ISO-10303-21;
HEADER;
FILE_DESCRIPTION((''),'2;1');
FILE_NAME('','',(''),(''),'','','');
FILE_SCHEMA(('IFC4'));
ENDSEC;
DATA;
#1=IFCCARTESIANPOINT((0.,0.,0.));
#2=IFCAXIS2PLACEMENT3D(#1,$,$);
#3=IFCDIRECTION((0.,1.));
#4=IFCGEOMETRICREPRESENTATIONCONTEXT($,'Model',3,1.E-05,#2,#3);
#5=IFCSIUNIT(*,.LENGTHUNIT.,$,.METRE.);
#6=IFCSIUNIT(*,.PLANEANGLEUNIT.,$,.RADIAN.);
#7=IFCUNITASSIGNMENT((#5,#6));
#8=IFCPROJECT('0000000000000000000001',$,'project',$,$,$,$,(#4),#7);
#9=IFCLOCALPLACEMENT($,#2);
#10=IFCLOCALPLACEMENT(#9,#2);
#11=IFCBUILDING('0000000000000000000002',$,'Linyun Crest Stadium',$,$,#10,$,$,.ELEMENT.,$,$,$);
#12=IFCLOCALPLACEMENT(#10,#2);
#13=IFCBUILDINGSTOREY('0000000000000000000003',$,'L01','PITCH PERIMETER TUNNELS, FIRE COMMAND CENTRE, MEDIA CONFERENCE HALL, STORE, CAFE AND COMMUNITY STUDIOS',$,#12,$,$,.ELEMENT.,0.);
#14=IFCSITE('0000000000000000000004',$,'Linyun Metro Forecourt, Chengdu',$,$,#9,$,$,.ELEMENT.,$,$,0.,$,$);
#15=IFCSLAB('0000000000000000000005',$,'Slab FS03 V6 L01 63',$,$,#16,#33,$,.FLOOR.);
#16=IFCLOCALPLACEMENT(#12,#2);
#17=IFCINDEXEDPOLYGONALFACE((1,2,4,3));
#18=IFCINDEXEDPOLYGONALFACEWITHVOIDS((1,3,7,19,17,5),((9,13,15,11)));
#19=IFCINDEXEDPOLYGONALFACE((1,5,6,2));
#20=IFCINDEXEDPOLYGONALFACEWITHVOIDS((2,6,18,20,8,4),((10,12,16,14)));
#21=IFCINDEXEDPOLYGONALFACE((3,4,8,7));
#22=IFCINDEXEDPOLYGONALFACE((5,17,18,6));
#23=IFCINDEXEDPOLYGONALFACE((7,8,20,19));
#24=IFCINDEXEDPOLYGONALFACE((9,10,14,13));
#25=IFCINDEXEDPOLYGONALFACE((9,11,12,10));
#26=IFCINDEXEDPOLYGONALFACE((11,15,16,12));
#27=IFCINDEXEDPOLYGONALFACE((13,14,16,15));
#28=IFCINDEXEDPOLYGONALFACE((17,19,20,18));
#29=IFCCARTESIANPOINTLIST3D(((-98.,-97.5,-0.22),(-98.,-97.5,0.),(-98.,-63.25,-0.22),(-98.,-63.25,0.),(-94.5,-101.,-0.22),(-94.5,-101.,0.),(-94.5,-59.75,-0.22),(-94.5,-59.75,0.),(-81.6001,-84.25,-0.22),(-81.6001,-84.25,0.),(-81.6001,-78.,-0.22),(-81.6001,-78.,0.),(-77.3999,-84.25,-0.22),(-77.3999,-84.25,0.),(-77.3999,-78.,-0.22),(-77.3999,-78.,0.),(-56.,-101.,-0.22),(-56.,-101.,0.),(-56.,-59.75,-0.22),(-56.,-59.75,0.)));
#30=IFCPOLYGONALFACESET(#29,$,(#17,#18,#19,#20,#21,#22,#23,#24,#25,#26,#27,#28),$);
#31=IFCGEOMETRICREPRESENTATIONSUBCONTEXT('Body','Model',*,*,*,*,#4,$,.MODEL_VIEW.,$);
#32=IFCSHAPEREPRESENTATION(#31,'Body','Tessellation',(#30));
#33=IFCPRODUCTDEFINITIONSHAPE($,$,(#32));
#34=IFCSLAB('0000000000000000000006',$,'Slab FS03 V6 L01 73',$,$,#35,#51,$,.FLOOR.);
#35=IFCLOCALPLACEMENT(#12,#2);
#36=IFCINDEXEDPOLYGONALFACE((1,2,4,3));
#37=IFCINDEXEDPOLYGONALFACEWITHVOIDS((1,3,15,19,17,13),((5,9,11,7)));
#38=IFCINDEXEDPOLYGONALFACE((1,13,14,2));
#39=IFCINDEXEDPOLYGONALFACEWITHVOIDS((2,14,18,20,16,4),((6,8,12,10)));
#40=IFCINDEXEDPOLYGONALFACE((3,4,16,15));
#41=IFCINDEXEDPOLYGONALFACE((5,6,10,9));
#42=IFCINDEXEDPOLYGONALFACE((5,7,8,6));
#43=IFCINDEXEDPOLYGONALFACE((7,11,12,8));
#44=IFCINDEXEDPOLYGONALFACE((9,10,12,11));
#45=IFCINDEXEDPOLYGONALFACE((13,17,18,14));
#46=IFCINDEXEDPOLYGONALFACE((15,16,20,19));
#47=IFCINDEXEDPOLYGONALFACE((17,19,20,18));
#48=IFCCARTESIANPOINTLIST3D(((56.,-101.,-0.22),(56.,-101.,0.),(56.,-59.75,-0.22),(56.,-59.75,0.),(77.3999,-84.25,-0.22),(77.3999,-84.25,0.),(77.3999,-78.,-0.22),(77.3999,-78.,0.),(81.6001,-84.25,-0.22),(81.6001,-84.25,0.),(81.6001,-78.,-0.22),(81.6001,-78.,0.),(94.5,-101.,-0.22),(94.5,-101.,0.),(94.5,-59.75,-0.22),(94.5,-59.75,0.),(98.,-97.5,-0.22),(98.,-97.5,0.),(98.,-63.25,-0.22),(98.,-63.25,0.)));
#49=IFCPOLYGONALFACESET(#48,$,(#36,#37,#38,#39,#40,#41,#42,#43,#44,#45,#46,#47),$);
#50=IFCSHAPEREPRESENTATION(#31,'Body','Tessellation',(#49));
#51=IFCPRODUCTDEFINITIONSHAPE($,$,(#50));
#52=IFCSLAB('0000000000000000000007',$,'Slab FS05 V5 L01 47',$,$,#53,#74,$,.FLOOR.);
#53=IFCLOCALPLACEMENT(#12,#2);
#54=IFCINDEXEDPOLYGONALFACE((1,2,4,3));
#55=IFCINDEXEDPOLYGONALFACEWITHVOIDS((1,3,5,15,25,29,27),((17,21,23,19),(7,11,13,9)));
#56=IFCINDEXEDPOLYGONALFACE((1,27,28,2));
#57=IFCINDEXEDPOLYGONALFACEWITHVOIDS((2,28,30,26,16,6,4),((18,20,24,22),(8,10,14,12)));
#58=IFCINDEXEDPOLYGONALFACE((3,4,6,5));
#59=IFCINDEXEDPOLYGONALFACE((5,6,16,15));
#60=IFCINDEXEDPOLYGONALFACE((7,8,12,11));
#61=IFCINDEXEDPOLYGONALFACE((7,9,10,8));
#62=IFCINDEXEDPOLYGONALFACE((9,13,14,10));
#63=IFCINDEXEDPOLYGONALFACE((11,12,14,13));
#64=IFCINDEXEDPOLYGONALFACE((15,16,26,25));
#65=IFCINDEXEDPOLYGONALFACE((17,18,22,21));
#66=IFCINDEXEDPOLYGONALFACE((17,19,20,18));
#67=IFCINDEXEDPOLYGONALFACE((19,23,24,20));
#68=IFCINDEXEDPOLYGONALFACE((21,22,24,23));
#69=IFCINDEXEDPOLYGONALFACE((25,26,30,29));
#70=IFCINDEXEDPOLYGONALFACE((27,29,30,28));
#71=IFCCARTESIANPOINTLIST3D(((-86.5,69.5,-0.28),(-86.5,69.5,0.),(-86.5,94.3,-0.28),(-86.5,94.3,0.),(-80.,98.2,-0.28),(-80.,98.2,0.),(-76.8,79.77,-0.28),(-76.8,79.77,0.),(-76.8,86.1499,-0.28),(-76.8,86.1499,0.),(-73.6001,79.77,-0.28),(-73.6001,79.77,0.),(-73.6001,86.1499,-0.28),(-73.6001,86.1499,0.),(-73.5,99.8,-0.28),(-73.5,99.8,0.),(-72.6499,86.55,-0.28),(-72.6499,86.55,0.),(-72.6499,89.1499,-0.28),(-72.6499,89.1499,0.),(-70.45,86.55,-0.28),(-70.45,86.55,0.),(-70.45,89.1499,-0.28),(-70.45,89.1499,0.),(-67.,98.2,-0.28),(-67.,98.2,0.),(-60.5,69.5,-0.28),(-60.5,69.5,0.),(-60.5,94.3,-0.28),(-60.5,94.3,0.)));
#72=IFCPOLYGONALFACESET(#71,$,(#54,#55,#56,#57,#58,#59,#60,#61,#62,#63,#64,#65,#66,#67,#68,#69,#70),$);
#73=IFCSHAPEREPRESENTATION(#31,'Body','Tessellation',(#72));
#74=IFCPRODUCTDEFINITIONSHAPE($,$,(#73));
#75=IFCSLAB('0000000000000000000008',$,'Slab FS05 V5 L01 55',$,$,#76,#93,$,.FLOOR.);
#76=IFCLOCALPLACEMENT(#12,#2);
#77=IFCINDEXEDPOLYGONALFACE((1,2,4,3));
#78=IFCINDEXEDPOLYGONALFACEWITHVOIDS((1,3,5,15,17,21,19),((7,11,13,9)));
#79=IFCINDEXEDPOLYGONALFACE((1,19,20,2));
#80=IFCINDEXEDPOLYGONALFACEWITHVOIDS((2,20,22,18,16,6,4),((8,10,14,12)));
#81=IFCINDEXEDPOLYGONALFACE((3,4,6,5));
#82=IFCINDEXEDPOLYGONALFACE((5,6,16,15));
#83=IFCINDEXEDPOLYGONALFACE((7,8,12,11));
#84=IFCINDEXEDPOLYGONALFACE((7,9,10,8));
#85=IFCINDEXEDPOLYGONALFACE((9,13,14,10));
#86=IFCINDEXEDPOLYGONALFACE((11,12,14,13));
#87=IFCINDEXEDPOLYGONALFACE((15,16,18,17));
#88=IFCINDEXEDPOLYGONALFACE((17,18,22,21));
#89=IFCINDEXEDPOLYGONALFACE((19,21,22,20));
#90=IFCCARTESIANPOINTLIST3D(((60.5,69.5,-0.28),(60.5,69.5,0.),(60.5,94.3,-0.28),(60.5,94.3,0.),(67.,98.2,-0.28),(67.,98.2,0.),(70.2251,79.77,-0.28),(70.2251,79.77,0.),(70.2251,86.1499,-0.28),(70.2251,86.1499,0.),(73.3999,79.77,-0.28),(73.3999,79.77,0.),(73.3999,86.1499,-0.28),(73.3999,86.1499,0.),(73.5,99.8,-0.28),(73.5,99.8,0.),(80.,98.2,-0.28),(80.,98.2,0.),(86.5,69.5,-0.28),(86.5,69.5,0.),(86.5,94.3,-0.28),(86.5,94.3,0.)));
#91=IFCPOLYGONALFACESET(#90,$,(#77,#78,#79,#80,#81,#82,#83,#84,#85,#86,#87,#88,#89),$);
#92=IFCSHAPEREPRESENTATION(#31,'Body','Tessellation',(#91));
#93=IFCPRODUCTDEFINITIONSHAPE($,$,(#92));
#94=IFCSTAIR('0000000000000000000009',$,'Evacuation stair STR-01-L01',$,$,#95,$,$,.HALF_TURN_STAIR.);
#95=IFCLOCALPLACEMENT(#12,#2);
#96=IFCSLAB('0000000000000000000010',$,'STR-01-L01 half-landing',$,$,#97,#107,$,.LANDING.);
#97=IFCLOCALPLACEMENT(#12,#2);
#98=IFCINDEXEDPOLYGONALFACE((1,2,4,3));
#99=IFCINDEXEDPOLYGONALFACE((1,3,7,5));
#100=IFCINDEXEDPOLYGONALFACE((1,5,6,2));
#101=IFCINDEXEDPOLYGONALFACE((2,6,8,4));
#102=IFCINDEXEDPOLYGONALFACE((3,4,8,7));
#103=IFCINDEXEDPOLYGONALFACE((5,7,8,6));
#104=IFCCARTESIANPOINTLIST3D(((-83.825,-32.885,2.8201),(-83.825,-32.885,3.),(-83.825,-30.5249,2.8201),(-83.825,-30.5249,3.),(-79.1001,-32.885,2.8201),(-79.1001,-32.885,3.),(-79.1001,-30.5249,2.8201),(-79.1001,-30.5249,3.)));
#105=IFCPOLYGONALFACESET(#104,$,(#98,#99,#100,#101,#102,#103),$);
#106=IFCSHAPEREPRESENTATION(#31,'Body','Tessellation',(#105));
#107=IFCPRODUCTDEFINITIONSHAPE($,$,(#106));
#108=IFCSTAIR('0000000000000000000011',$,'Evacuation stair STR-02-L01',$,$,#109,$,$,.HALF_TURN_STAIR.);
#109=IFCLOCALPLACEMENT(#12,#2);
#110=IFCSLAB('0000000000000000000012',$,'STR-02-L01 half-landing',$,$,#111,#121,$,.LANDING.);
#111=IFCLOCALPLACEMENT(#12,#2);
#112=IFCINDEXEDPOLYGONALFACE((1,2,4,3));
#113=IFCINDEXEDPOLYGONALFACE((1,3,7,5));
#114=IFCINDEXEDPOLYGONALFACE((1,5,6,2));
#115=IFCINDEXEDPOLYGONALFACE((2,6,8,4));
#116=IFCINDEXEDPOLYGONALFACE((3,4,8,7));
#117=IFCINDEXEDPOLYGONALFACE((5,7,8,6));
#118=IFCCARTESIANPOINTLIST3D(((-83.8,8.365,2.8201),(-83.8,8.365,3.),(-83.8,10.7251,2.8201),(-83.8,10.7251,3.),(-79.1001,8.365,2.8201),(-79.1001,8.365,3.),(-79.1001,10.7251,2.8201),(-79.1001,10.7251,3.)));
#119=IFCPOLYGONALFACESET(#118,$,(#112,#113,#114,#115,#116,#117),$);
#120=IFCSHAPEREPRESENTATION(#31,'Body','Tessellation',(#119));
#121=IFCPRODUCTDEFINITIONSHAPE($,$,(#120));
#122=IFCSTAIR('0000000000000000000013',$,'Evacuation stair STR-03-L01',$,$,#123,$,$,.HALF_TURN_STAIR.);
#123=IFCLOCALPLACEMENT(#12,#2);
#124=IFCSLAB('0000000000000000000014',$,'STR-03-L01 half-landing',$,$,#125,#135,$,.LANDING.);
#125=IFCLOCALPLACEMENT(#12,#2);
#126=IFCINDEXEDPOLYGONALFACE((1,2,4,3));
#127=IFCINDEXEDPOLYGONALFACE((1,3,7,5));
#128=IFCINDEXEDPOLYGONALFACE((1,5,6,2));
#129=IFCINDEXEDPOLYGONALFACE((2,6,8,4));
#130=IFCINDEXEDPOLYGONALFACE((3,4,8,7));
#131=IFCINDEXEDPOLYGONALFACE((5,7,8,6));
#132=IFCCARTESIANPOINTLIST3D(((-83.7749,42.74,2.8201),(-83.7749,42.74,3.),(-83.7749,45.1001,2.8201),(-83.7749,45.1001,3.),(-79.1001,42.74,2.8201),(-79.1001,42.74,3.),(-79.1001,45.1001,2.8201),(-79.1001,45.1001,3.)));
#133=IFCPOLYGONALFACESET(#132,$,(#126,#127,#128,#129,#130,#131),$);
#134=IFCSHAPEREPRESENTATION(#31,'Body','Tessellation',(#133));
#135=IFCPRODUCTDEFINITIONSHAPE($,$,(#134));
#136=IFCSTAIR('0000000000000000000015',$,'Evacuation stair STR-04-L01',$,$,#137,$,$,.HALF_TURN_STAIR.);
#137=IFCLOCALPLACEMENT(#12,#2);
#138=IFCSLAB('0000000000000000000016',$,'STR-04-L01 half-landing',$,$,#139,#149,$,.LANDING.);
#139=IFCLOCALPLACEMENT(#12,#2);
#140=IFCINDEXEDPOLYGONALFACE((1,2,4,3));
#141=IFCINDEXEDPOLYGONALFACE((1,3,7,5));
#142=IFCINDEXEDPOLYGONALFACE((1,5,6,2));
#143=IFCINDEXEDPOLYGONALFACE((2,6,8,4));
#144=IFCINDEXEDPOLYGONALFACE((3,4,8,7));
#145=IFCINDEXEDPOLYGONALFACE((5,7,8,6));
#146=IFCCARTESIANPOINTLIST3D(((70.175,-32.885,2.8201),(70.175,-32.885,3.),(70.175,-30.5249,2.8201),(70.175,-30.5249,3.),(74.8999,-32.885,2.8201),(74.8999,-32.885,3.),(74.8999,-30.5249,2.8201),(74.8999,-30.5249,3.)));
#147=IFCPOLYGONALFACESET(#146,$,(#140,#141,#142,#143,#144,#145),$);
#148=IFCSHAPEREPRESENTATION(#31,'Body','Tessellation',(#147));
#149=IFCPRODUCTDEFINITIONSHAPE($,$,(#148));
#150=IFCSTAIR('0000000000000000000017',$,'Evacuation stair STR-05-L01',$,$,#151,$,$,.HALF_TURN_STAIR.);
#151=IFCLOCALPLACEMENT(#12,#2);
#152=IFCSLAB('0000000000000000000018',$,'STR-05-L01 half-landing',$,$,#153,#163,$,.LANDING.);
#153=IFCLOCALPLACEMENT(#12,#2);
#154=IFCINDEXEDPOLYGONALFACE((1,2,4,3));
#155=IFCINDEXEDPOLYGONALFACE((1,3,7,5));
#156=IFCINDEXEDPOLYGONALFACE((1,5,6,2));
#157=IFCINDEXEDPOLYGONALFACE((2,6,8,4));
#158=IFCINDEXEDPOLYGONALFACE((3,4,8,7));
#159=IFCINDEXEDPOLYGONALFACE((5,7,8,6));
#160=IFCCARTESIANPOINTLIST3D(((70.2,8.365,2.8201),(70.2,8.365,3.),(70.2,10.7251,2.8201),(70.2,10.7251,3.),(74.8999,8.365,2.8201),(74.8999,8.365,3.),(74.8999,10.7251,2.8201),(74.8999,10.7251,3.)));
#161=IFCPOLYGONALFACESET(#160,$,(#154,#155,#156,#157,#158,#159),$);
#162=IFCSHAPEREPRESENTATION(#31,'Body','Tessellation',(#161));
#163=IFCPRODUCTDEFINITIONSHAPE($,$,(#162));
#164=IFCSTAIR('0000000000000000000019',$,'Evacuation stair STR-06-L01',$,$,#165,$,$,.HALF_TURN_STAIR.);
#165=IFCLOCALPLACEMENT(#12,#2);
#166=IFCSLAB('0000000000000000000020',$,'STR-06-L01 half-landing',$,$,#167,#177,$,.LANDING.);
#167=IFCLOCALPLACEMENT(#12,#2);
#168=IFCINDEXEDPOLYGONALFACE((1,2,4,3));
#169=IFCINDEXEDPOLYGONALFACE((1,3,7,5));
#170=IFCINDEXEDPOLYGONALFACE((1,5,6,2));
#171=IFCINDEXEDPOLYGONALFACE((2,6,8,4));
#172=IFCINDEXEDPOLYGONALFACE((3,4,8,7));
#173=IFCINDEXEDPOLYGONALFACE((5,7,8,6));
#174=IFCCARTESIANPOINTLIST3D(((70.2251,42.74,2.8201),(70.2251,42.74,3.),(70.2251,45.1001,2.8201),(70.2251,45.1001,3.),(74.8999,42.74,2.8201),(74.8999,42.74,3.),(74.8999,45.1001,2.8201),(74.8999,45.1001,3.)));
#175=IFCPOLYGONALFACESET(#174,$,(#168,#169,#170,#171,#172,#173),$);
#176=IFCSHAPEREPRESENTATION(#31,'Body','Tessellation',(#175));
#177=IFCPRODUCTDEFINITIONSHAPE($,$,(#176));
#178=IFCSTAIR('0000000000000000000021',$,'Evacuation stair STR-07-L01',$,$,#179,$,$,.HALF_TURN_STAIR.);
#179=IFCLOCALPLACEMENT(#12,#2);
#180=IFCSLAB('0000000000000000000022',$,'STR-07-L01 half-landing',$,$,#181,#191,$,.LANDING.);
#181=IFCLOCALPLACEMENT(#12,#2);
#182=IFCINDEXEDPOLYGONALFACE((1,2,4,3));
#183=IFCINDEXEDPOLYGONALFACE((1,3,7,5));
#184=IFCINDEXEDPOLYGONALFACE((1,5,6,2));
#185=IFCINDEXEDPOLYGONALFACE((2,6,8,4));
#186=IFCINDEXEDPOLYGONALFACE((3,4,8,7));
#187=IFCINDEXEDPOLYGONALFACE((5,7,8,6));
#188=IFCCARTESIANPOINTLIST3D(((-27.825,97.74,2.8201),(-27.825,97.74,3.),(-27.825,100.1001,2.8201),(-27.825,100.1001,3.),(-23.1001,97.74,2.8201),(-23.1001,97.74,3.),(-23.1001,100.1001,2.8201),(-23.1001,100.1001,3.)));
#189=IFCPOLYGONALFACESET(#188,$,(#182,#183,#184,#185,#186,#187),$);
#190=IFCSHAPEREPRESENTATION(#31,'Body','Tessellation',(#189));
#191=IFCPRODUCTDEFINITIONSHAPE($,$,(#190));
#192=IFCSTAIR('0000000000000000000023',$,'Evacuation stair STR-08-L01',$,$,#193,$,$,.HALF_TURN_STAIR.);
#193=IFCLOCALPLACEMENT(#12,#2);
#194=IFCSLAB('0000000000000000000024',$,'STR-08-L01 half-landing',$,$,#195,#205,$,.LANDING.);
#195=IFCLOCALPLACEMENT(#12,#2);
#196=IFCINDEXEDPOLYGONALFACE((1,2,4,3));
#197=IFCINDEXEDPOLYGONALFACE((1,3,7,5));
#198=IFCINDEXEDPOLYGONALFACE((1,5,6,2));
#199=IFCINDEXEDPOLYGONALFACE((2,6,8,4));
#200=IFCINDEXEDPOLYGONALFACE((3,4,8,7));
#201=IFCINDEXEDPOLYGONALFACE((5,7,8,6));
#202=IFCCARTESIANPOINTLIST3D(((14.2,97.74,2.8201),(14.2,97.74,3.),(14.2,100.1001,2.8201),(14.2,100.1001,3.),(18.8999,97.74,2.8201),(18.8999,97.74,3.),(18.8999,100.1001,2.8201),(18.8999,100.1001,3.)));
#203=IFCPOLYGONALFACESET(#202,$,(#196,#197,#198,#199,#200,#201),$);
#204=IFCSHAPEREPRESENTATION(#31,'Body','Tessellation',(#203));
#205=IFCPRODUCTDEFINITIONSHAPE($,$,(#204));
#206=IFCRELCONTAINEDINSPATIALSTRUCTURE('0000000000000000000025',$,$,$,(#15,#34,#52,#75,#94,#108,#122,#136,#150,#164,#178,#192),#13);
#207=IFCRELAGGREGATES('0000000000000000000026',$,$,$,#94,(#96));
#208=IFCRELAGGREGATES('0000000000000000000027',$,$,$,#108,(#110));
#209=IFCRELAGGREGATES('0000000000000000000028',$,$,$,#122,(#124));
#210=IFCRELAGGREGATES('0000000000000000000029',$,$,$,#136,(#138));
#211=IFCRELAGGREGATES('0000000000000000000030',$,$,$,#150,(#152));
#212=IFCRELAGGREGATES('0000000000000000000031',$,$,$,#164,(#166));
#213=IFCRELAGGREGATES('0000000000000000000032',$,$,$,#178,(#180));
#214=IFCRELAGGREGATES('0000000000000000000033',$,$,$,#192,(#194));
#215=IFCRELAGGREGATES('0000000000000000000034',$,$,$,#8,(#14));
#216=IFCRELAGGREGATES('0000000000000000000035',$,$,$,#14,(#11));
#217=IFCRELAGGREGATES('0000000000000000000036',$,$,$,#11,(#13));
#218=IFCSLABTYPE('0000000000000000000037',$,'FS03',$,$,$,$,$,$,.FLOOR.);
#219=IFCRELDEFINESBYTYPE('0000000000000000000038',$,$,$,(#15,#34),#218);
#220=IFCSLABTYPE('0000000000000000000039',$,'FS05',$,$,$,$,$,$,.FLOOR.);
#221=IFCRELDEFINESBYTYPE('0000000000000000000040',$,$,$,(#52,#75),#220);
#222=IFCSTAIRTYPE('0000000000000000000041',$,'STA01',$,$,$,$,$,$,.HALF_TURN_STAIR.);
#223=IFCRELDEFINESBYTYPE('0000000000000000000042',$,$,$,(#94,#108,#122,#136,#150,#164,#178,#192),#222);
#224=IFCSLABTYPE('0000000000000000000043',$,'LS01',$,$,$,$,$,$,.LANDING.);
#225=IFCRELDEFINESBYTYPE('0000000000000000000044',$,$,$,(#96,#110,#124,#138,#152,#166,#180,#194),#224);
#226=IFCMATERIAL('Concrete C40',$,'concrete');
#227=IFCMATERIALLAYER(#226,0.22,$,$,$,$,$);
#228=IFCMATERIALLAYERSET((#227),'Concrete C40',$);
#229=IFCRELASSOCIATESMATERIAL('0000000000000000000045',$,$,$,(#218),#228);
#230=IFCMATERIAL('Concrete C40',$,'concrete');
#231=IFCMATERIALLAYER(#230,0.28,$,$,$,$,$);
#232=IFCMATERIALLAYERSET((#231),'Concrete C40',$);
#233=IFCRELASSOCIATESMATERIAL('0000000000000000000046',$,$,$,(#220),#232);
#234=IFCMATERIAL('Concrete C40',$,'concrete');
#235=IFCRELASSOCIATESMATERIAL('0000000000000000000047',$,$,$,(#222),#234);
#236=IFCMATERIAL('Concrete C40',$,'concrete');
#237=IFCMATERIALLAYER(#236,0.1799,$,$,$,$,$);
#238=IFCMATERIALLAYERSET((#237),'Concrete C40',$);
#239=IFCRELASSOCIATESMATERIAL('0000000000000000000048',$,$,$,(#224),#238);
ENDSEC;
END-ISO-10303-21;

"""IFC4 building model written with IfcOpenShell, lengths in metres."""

from ifc_helpers import new_model, si_unit, direction, frame, origin, place, context, subcontext, project, spatial, polyline, outline, extrude, material, layer, layer_set, type_object, element, aggregate, save


model = new_model("IFC4")

# Units and contexts
model_context = context("Model", 3, precision=1e-05, world=origin(), true_north=direction((0.0, 1.0)))
body_context = subcontext(model_context, "Body", "Model", "MODEL_VIEW")
ifc_project = project(units=[si_unit("LENGTHUNIT", "METRE"), si_unit("PLANEANGLEUNIT", "RADIAN")], contexts=[model_context])

# Site, building, storey
site_placement = place(None, origin())
site = spatial("IfcSite", under=ifc_project, at=site_placement, Name="Linyun Metro Forecourt, Chengdu", CompositionType="ELEMENT", RefElevation=0.0)
building_placement = place(site_placement, origin())
building = spatial("IfcBuilding", under=site, at=building_placement, Name="Linyun Crest Stadium", CompositionType="ELEMENT")
storey_placement = place(building_placement, origin())
storey = spatial("IfcBuildingStorey", under=building, at=storey_placement, Name="L01", Description="PITCH PERIMETER TUNNELS, FIRE COMMAND CENTRE, MEDIA CONFERENCE HALL, STORE, CAFE AND COMMUNITY STUDIOS", CompositionType="ELEMENT", Elevation=0.0)

# Slabs
ifc_material_1 = material(Name="Concrete C40", Category="concrete")
ifc_layer_1 = layer(ifc_material_1, 0.22)
ifc_layer_set_1 = layer_set([ifc_layer_1], Name="Concrete C40")
slab_type_1 = type_object("IfcSlabType", Name="FS03", PredefinedType="FLOOR", material=ifc_layer_set_1)
slab_1_placement = place(storey_placement, frame((0.0, 0.0, -0.22)))
element("IfcSlab", 1, at=slab_1_placement, inside=storey, type_object=slab_type_1, Name="Slab FS03 V6 L01 63", PredefinedType="FLOOR", context=body_context, shape_type="SweptSolid", body=[
    extrude(outline(polyline([(-94.5, -101.0), (-56.0, -101.0), (-56.0, -59.75), (-94.5, -59.75), (-98.0, -63.25), (-98.0, -97.5), (-94.5, -101.0)]), holes=[polyline([(-81.6001, -84.25), (-81.6001, -78.0), (-77.3999, -78.0), (-77.3999, -84.25), (-81.6001, -84.25)])]), origin(), (0.0, 0.0, 1.0), 0.22),
])
slab_2_placement = place(storey_placement, frame((0.0, 0.0, -0.22)))
element("IfcSlab", 2, at=slab_2_placement, inside=storey, type_object=slab_type_1, Name="Slab FS03 V6 L01 73", PredefinedType="FLOOR", context=body_context, shape_type="SweptSolid", body=[
    extrude(outline(polyline([(56.0, -101.0), (94.5, -101.0), (98.0, -97.5), (98.0, -63.25), (94.5, -59.75), (56.0, -59.75), (56.0, -101.0)]), holes=[polyline([(77.3999, -84.25), (77.3999, -78.0), (81.6001, -78.0), (81.6001, -84.25), (77.3999, -84.25)])]), origin(), (0.0, 0.0, 1.0), 0.22),
])
ifc_material_2 = material(Name="Concrete C40", Category="concrete")
ifc_layer_2 = layer(ifc_material_2, 0.28)
ifc_layer_set_2 = layer_set([ifc_layer_2], Name="Concrete C40")
slab_type_2 = type_object("IfcSlabType", Name="FS05", PredefinedType="FLOOR", material=ifc_layer_set_2)
slab_3_placement = place(storey_placement, frame((0.0, 0.0, -0.28)))
element("IfcSlab", 3, at=slab_3_placement, inside=storey, type_object=slab_type_2, Name="Slab FS05 V5 L01 47", PredefinedType="FLOOR", context=body_context, shape_type="SweptSolid", body=[
    extrude(outline(polyline([(-86.5, 69.5), (-60.5, 69.5), (-60.5, 94.3), (-67.0, 98.2), (-73.5, 99.8), (-80.0, 98.2), (-86.5, 94.3), (-86.5, 69.5)]), holes=[polyline([(-76.8, 79.77), (-76.8, 86.1499), (-73.6001, 86.1499), (-73.6001, 79.77), (-76.8, 79.77)]), polyline([(-72.6499, 86.55), (-72.6499, 89.1499), (-70.45, 89.1499), (-70.45, 86.55), (-72.6499, 86.55)])]), origin(), (0.0, 0.0, 1.0), 0.28),
])
slab_4_placement = place(storey_placement, frame((0.0, 0.0, -0.28)))
element("IfcSlab", 4, at=slab_4_placement, inside=storey, type_object=slab_type_2, Name="Slab FS05 V5 L01 55", PredefinedType="FLOOR", context=body_context, shape_type="SweptSolid", body=[
    extrude(outline(polyline([(60.5, 69.5), (86.5, 69.5), (86.5, 94.3), (80.0, 98.2), (73.5, 99.8), (67.0, 98.2), (60.5, 94.3), (60.5, 69.5)]), holes=[polyline([(70.2251, 79.77), (70.2251, 86.1499), (73.3999, 86.1499), (73.3999, 79.77), (70.2251, 79.77)])]), origin(), (0.0, 0.0, 1.0), 0.28),
])

# Stairs, slabs
ifc_material_3 = material(Name="Concrete C40", Category="concrete")
stair_type = type_object("IfcStairType", Name="STA01", PredefinedType="HALF_TURN_STAIR", material=ifc_material_3)
stair_1_placement = place(storey_placement, origin())
stair_1 = element("IfcStair", 5, at=stair_1_placement, inside=storey, type_object=stair_type, Name="Evacuation stair STR-01-L01", PredefinedType="HALF_TURN_STAIR")
ifc_material_4 = material(Name="Concrete C40", Category="concrete")
ifc_layer_3 = layer(ifc_material_4, 0.1799)
ifc_layer_set_3 = layer_set([ifc_layer_3], Name="Concrete C40")
slab_type_3 = type_object("IfcSlabType", Name="LS01", PredefinedType="LANDING", material=ifc_layer_set_3)
slab_5_placement = place(storey_placement, frame((0.0, 0.0, 2.8201)))
slab_5 = element("IfcSlab", 6, at=slab_5_placement, type_object=slab_type_3, Name="STR-01-L01 half-landing", PredefinedType="LANDING", context=body_context, shape_type="SweptSolid", body=[
    extrude(outline(polyline([(-83.825, -32.885), (-79.1001, -32.885), (-79.1001, -30.5249), (-83.825, -30.5249), (-83.825, -32.885)])), origin(), (0.0, 0.0, 1.0), 0.1799),
])
aggregate(stair_1, [slab_5])
stair_2_placement = place(storey_placement, origin())
stair_2 = element("IfcStair", 7, at=stair_2_placement, inside=storey, type_object=stair_type, Name="Evacuation stair STR-02-L01", PredefinedType="HALF_TURN_STAIR")
slab_6_placement = place(storey_placement, frame((0.0, 0.0, 2.8201)))
slab_6 = element("IfcSlab", 8, at=slab_6_placement, type_object=slab_type_3, Name="STR-02-L01 half-landing", PredefinedType="LANDING", context=body_context, shape_type="SweptSolid", body=[
    extrude(outline(polyline([(-83.8, 8.365), (-79.1001, 8.365), (-79.1001, 10.7251), (-83.8, 10.7251), (-83.8, 8.365)])), origin(), (0.0, 0.0, 1.0), 0.1799),
])
aggregate(stair_2, [slab_6])
stair_3_placement = place(storey_placement, origin())
stair_3 = element("IfcStair", 9, at=stair_3_placement, inside=storey, type_object=stair_type, Name="Evacuation stair STR-03-L01", PredefinedType="HALF_TURN_STAIR")
slab_7_placement = place(storey_placement, frame((0.0, 0.0, 2.8201)))
slab_7 = element("IfcSlab", 10, at=slab_7_placement, type_object=slab_type_3, Name="STR-03-L01 half-landing", PredefinedType="LANDING", context=body_context, shape_type="SweptSolid", body=[
    extrude(outline(polyline([(-83.7749, 42.74), (-79.1001, 42.74), (-79.1001, 45.1001), (-83.7749, 45.1001), (-83.7749, 42.74)])), origin(), (0.0, 0.0, 1.0), 0.1799),
])
aggregate(stair_3, [slab_7])
stair_4_placement = place(storey_placement, origin())
stair_4 = element("IfcStair", 11, at=stair_4_placement, inside=storey, type_object=stair_type, Name="Evacuation stair STR-04-L01", PredefinedType="HALF_TURN_STAIR")
slab_8_placement = place(storey_placement, frame((0.0, 0.0, 2.8201)))
slab_8 = element("IfcSlab", 12, at=slab_8_placement, type_object=slab_type_3, Name="STR-04-L01 half-landing", PredefinedType="LANDING", context=body_context, shape_type="SweptSolid", body=[
    extrude(outline(polyline([(70.175, -32.885), (74.8999, -32.885), (74.8999, -30.5249), (70.175, -30.5249), (70.175, -32.885)])), origin(), (0.0, 0.0, 1.0), 0.1799),
])
aggregate(stair_4, [slab_8])
stair_5_placement = place(storey_placement, origin())
stair_5 = element("IfcStair", 13, at=stair_5_placement, inside=storey, type_object=stair_type, Name="Evacuation stair STR-05-L01", PredefinedType="HALF_TURN_STAIR")
slab_9_placement = place(storey_placement, frame((0.0, 0.0, 2.8201)))
slab_9 = element("IfcSlab", 14, at=slab_9_placement, type_object=slab_type_3, Name="STR-05-L01 half-landing", PredefinedType="LANDING", context=body_context, shape_type="SweptSolid", body=[
    extrude(outline(polyline([(70.2, 8.365), (74.8999, 8.365), (74.8999, 10.7251), (70.2, 10.7251), (70.2, 8.365)])), origin(), (0.0, 0.0, 1.0), 0.1799),
])
aggregate(stair_5, [slab_9])
stair_6_placement = place(storey_placement, origin())
stair_6 = element("IfcStair", 15, at=stair_6_placement, inside=storey, type_object=stair_type, Name="Evacuation stair STR-06-L01", PredefinedType="HALF_TURN_STAIR")
slab_10_placement = place(storey_placement, frame((0.0, 0.0, 2.8201)))
slab_10 = element("IfcSlab", 16, at=slab_10_placement, type_object=slab_type_3, Name="STR-06-L01 half-landing", PredefinedType="LANDING", context=body_context, shape_type="SweptSolid", body=[
    extrude(outline(polyline([(70.2251, 42.74), (74.8999, 42.74), (74.8999, 45.1001), (70.2251, 45.1001), (70.2251, 42.74)])), origin(), (0.0, 0.0, 1.0), 0.1799),
])
aggregate(stair_6, [slab_10])
stair_7_placement = place(storey_placement, origin())
stair_7 = element("IfcStair", 17, at=stair_7_placement, inside=storey, type_object=stair_type, Name="Evacuation stair STR-07-L01", PredefinedType="HALF_TURN_STAIR")
slab_11_placement = place(storey_placement, frame((0.0, 0.0, 2.8201)))
slab_11 = element("IfcSlab", 18, at=slab_11_placement, type_object=slab_type_3, Name="STR-07-L01 half-landing", PredefinedType="LANDING", context=body_context, shape_type="SweptSolid", body=[
    extrude(outline(polyline([(-27.825, 97.74), (-23.1001, 97.74), (-23.1001, 100.1001), (-27.825, 100.1001), (-27.825, 97.74)])), origin(), (0.0, 0.0, 1.0), 0.1799),
])
aggregate(stair_7, [slab_11])
stair_8_placement = place(storey_placement, origin())
stair_8 = element("IfcStair", 19, at=stair_8_placement, inside=storey, type_object=stair_type, Name="Evacuation stair STR-08-L01", PredefinedType="HALF_TURN_STAIR")
slab_12_placement = place(storey_placement, frame((0.0, 0.0, 2.8201)))
slab_12 = element("IfcSlab", 20, at=slab_12_placement, type_object=slab_type_3, Name="STR-08-L01 half-landing", PredefinedType="LANDING", context=body_context, shape_type="SweptSolid", body=[
    extrude(outline(polyline([(14.2, 97.74), (18.8999, 97.74), (18.8999, 100.1001), (14.2, 100.1001), (14.2, 97.74)])), origin(), (0.0, 0.0, 1.0), 0.1799),
])
aggregate(stair_8, [slab_12])

save(model, "model.ifc")
